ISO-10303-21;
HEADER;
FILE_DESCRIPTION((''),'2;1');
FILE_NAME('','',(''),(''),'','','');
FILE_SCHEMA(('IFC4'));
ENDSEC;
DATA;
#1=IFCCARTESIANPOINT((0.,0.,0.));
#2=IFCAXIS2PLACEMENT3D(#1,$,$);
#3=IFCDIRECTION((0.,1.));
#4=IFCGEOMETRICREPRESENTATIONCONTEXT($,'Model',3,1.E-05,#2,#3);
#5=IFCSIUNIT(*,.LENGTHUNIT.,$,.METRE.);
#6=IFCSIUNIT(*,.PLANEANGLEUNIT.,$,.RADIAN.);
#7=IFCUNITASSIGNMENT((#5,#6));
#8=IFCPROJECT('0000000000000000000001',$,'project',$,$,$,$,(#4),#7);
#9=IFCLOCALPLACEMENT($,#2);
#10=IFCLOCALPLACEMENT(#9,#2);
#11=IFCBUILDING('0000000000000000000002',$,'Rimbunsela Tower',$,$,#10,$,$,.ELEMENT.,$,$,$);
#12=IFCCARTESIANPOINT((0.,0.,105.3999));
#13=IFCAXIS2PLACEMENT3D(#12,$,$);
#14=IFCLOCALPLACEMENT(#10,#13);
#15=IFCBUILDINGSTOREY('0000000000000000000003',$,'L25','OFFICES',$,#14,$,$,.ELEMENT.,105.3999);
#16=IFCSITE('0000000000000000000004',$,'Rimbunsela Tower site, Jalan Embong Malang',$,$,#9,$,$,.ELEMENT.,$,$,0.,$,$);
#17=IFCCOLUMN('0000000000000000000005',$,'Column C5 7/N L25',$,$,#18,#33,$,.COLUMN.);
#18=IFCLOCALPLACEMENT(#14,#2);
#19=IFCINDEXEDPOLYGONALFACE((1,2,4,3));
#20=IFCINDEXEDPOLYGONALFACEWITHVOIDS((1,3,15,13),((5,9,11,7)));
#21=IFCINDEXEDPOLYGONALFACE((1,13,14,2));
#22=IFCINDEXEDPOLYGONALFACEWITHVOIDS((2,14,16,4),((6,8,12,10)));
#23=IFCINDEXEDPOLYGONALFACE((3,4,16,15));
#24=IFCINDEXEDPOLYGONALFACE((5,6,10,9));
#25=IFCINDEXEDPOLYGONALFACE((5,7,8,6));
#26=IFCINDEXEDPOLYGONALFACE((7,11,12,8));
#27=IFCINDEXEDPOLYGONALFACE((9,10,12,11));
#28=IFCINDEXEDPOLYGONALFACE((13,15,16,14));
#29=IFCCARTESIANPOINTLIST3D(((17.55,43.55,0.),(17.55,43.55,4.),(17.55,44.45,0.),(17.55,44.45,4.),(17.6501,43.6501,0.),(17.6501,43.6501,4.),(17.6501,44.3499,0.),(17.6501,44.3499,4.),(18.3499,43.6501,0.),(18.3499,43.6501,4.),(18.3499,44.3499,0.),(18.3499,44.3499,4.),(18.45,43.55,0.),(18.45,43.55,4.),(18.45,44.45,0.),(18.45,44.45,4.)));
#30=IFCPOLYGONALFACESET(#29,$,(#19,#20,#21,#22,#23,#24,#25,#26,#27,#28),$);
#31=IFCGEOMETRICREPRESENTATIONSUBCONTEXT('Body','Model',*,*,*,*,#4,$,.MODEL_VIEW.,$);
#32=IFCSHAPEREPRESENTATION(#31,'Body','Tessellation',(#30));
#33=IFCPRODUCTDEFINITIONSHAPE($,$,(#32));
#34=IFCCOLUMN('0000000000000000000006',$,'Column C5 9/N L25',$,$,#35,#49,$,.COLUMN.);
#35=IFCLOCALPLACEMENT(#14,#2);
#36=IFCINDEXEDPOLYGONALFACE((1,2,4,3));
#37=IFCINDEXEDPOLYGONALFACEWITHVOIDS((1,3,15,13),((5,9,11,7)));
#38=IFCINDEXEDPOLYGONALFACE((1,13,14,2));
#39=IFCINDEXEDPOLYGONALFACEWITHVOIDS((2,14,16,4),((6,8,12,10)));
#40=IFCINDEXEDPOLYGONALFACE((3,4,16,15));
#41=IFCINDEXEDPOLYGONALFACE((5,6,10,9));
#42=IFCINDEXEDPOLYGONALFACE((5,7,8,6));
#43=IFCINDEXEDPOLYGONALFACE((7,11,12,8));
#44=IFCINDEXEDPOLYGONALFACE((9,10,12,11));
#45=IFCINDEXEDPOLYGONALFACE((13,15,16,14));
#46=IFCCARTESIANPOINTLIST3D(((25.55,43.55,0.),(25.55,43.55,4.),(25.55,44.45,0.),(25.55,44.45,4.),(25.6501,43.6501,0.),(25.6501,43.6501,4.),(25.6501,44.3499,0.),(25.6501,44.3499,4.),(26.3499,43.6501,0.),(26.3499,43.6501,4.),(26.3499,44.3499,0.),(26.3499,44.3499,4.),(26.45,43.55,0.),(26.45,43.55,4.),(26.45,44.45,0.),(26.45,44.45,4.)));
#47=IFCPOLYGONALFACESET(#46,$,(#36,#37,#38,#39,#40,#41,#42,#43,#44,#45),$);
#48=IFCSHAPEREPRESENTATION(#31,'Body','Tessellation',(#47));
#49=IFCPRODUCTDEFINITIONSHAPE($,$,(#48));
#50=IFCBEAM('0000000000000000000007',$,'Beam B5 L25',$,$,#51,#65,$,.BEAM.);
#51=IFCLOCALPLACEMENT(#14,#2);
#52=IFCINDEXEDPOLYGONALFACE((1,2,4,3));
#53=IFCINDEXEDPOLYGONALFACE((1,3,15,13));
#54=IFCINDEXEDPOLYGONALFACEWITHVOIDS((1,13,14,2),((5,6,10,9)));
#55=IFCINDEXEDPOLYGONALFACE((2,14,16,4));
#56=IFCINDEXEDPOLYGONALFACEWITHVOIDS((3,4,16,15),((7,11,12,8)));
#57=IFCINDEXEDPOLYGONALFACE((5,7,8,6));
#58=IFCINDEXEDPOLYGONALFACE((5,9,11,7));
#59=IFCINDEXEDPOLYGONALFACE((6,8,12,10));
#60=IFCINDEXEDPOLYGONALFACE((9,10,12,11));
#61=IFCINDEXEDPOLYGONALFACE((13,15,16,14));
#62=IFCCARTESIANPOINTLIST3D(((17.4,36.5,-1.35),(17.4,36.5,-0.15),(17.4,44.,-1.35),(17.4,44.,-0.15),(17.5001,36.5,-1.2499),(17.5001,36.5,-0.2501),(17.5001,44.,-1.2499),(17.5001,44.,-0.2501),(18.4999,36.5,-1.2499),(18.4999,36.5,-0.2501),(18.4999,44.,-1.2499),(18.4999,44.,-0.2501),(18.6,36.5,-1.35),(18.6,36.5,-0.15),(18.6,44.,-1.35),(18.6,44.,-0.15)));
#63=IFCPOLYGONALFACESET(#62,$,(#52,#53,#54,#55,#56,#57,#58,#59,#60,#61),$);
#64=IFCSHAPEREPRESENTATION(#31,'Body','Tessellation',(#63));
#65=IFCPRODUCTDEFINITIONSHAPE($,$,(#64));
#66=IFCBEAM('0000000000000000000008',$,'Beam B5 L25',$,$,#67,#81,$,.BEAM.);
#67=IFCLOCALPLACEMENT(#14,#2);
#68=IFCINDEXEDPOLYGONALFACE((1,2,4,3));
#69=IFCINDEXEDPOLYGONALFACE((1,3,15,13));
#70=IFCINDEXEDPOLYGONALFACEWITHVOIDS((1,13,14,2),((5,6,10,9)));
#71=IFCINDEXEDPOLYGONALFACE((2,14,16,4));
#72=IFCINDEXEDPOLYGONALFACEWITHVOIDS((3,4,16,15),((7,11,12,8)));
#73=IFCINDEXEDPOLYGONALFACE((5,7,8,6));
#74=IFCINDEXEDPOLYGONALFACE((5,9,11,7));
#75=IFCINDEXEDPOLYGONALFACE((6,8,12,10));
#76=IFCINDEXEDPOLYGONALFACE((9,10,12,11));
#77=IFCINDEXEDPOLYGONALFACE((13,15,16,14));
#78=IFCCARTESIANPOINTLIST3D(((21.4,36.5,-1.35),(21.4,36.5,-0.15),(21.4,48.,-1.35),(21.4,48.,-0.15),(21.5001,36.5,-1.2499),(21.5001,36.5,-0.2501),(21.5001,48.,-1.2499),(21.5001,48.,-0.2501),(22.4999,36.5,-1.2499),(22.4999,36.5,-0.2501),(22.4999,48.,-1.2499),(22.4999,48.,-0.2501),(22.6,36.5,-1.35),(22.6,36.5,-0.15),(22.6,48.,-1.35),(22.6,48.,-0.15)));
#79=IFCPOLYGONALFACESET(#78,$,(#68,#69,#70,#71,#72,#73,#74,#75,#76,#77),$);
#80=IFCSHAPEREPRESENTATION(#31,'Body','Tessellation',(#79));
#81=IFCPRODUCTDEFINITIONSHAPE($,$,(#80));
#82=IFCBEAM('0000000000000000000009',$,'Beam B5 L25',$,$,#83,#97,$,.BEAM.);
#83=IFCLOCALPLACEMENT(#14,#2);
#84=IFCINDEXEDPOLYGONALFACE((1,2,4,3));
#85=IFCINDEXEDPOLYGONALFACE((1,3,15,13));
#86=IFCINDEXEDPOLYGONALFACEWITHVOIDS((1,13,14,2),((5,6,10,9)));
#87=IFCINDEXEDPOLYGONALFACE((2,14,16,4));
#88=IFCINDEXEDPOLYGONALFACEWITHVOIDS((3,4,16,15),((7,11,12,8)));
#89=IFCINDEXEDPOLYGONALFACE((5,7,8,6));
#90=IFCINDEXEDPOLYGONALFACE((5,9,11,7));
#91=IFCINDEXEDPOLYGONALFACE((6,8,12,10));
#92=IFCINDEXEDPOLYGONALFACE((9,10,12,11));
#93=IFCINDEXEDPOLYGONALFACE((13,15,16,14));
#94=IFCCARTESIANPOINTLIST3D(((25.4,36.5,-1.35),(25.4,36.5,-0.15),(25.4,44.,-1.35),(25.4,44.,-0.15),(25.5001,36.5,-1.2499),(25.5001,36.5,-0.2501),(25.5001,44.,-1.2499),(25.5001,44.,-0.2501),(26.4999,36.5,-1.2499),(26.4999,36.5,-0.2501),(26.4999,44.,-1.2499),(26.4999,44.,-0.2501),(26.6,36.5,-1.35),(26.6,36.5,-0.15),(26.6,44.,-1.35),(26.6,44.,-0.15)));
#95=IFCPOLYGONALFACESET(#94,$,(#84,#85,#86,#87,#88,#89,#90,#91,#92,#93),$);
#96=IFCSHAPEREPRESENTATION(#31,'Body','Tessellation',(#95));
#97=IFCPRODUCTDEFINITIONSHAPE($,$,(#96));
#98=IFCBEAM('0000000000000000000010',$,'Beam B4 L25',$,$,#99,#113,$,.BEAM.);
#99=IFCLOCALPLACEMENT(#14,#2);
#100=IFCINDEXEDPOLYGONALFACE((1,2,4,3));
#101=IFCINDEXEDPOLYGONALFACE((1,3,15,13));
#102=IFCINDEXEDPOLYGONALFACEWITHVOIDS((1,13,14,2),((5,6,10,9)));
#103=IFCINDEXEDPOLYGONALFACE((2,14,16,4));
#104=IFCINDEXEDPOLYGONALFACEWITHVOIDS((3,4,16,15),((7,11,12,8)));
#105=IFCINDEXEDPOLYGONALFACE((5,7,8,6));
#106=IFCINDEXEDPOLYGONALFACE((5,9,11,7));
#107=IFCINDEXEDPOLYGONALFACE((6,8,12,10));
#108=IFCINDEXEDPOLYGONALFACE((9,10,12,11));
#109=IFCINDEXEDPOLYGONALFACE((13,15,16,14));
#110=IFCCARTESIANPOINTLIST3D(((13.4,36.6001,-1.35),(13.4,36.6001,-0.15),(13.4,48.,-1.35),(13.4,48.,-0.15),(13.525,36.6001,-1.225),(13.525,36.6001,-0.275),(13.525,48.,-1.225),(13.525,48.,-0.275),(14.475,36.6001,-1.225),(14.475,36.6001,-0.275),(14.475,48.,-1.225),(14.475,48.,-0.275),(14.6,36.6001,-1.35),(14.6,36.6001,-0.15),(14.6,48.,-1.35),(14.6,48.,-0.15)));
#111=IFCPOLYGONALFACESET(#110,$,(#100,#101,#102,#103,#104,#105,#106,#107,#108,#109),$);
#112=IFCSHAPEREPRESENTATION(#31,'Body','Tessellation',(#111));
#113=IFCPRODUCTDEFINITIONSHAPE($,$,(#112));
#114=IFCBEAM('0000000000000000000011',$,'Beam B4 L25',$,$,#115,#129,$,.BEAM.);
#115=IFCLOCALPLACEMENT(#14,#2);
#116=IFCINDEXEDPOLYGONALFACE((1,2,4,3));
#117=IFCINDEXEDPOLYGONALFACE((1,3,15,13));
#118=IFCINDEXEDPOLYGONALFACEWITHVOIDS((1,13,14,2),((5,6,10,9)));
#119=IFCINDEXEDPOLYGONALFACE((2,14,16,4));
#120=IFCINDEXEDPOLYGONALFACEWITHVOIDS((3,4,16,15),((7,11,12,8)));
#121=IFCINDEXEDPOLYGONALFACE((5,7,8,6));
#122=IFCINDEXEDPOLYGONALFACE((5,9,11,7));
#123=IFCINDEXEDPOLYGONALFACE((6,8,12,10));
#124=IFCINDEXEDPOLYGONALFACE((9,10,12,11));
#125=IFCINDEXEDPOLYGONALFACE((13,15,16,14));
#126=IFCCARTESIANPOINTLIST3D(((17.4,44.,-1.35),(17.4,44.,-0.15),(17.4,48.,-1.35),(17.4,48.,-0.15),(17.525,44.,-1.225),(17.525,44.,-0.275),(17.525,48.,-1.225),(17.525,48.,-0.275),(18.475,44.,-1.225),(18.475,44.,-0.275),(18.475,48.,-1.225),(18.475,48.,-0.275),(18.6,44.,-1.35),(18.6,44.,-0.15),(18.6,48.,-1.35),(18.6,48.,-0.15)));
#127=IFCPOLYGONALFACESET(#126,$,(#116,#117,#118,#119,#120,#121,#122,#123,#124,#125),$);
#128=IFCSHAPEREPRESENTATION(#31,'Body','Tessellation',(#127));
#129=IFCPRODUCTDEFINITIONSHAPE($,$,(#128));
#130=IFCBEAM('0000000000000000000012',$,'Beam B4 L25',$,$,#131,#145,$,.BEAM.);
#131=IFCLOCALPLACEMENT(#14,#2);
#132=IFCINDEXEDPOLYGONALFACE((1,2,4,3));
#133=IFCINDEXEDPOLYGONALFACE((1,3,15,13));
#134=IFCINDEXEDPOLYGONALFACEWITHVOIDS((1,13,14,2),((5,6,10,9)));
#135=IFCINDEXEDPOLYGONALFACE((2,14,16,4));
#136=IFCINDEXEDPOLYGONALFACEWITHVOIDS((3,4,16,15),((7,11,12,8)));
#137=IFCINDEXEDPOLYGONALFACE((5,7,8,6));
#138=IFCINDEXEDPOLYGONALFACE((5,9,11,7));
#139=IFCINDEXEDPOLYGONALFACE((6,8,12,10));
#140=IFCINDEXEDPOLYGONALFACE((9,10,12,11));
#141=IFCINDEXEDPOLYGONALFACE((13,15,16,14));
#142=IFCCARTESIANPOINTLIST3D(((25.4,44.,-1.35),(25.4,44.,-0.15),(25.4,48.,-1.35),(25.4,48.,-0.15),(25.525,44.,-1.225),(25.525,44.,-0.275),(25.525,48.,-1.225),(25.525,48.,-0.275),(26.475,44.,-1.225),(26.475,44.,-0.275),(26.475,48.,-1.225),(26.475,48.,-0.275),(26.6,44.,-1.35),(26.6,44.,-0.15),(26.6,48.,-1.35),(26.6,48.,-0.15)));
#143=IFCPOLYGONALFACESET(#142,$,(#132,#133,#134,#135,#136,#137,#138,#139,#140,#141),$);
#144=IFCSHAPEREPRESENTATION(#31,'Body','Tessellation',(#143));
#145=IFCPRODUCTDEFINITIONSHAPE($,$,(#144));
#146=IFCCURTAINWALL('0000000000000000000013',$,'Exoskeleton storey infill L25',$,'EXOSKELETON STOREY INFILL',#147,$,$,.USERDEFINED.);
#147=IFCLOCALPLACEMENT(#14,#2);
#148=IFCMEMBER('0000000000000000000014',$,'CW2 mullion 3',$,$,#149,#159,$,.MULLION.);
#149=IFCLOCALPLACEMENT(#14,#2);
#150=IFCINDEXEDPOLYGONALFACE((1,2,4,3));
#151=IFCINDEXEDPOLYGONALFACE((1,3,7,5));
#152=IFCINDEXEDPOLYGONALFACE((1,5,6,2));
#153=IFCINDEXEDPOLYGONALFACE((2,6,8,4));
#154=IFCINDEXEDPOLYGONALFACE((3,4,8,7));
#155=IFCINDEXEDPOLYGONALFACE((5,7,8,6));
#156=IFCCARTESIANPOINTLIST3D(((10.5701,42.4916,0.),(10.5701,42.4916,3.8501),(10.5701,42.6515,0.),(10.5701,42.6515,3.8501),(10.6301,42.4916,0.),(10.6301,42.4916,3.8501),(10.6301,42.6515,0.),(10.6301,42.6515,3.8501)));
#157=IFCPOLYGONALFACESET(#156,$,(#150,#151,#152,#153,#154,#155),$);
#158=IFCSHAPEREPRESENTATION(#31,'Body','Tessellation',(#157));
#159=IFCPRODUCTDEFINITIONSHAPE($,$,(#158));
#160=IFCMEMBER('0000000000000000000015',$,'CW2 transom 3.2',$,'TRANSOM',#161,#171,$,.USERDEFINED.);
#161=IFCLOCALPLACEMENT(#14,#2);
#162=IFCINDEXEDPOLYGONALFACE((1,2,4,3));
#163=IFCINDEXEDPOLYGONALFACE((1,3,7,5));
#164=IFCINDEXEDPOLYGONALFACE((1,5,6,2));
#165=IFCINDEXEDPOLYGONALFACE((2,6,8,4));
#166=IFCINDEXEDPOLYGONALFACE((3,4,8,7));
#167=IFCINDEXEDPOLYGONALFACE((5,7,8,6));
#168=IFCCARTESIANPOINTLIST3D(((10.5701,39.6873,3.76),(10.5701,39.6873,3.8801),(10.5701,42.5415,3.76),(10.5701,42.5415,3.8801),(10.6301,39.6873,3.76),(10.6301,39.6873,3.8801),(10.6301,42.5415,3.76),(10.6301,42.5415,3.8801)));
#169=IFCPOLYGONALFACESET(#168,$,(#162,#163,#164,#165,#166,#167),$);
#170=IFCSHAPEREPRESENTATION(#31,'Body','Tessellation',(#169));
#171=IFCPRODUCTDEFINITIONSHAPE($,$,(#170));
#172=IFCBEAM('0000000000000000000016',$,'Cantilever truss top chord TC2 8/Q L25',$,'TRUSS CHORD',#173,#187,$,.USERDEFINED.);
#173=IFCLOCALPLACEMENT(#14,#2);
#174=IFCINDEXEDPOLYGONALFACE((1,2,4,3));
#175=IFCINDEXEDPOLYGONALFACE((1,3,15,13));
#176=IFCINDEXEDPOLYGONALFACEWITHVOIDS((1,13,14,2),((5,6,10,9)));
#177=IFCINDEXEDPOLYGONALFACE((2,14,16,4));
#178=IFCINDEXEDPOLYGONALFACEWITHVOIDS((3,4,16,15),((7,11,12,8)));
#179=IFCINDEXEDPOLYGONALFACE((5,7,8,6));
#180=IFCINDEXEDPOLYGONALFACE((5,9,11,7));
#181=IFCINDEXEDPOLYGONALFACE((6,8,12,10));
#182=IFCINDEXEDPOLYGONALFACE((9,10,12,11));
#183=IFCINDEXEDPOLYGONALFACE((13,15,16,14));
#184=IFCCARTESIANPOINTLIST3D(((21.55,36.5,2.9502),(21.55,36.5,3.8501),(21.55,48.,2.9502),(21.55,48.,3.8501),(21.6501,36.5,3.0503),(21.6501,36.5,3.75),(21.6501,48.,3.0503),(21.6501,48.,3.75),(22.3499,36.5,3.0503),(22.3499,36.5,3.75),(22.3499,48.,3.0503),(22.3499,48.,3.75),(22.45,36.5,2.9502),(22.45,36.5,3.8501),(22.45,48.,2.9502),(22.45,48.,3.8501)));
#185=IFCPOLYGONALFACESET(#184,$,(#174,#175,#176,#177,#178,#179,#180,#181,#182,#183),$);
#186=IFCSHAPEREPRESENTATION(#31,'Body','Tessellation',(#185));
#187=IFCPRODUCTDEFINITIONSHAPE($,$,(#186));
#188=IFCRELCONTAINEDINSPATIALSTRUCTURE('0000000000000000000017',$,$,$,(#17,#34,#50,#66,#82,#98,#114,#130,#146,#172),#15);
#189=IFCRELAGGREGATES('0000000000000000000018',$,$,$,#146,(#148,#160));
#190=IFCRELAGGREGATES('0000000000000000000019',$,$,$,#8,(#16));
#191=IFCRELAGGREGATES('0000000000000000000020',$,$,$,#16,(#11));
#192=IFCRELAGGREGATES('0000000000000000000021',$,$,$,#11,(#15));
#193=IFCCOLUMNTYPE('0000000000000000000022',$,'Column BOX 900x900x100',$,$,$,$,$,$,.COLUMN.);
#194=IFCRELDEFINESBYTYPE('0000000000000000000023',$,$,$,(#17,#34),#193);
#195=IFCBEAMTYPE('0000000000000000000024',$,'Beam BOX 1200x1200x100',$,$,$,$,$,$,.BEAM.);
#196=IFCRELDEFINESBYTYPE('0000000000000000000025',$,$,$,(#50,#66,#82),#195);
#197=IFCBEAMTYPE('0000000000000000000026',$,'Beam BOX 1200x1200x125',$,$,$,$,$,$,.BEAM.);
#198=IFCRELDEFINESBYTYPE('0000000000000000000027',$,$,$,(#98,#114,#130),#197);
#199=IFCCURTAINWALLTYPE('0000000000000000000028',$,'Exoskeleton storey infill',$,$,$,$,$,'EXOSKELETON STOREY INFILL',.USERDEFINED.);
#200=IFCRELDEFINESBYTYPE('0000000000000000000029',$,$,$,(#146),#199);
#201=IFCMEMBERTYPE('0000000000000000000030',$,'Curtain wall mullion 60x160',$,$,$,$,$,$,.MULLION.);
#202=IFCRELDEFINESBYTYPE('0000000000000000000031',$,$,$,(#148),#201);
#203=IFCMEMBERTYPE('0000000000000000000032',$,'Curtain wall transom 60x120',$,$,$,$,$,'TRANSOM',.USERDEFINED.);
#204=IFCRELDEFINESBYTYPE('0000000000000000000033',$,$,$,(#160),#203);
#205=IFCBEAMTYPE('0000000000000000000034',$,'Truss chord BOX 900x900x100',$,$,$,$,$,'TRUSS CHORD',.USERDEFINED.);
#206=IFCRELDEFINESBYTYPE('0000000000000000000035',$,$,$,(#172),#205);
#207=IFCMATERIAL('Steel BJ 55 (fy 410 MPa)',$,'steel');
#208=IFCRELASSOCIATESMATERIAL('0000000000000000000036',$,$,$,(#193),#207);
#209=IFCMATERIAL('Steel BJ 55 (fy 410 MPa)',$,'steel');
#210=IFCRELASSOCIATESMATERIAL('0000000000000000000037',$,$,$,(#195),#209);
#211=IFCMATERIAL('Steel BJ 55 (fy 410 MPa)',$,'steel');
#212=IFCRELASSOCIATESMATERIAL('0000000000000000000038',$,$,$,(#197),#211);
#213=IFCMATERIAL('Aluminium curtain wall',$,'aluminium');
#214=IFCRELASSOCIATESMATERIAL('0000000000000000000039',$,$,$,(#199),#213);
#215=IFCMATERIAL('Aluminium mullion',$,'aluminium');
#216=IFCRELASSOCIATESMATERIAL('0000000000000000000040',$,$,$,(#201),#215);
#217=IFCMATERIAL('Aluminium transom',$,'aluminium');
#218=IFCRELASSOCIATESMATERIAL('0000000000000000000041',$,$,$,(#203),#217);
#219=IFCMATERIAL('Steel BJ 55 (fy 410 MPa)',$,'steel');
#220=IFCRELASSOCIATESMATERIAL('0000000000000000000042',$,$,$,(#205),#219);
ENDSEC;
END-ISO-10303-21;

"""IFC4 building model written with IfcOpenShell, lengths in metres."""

from ifc_helpers import new_model, si_unit, direction, frame, origin, origin_2d, place, context, subcontext, project, spatial, rectangle, hollow_rectangle, extrude, material, material_profile, profile_set, type_object, element, aggregate, save


model = new_model("IFC4")

# Units and contexts
model_context = context("Model", 3, precision=1e-05, world=origin(), true_north=direction((0.0, 1.0)))
body_context = subcontext(model_context, "Body", "Model", "MODEL_VIEW")
ifc_project = project(units=[si_unit("LENGTHUNIT", "METRE"), si_unit("PLANEANGLEUNIT", "RADIAN")], contexts=[model_context])

# Site, building, storey
site_placement = place(None, origin())
site = spatial("IfcSite", under=ifc_project, at=site_placement, Name="Rimbunsela Tower site, Jalan Embong Malang", CompositionType="ELEMENT", RefElevation=0.0)
building_placement = place(site_placement, origin())
building = spatial("IfcBuilding", under=site, at=building_placement, Name="Rimbunsela Tower", CompositionType="ELEMENT")
storey_placement = place(building_placement, frame((0.0, 0.0, 105.3999)))
storey = spatial("IfcBuildingStorey", under=building, at=storey_placement, Name="L25", Description="OFFICES", CompositionType="ELEMENT", Elevation=105.3999)

# Columns
ifc_material_1 = material(Name="Steel BJ 55 (fy 410 MPa)", Category="steel")
ifc_material_profile_1 = material_profile(ifc_material_1, hollow_rectangle(XDim=0.8999, YDim=0.8999, WallThickness=0.1001, at=origin_2d()), Name="BOX 900x900x100")
ifc_profile_set_1 = profile_set([ifc_material_profile_1], Name="Steel BJ 55 (fy 410 MPa)")
column_type = type_object("IfcColumnType", Name="Column BOX 900x900x100", PredefinedType="COLUMN", material=ifc_profile_set_1)
for number, where, z_axis, x_axis, name in (
    (1, (18.0, 44.0, 0.0), (0.0, 0.0, 1.0), (1.0, 0.0, 0.0), "Column C5 7/N L25"),
    (2, (26.0, 44.0, 0.0), (0.0, 0.0, 1.0), (1.0, 0.0, 0.0), "Column C5 9/N L25"),
):
    element("IfcColumn", number, at=place(storey_placement, frame(where, z_axis=z_axis, x_axis=x_axis)), inside=storey, type_object=column_type, Name=name, PredefinedType="COLUMN", context=body_context, shape_type="SweptSolid", body=[
        extrude(hollow_rectangle(XDim=0.8999, YDim=0.8999, WallThickness=0.1001, at=origin_2d()), origin(), (0.0, 0.0, 1.0), 4.0),
    ])

# Beams
ifc_material_2 = material(Name="Steel BJ 55 (fy 410 MPa)", Category="steel")
ifc_material_profile_2 = material_profile(ifc_material_2, hollow_rectangle(XDim=1.2, YDim=1.2, WallThickness=0.1001, at=origin_2d()), Name="BOX 1200x1200x100")
ifc_profile_set_2 = profile_set([ifc_material_profile_2], Name="Steel BJ 55 (fy 410 MPa)")
beam_type_1 = type_object("IfcBeamType", Name="Beam BOX 1200x1200x100", PredefinedType="BEAM", material=ifc_profile_set_2)
beam_1_placement = place(storey_placement, frame((18.0, 36.5, -0.75), z_axis=(0.0, 1.0, 0.0), x_axis=(-1.0, 0.0, 0.0)))
element("IfcBeam", 3, at=beam_1_placement, inside=storey, type_object=beam_type_1, Name="Beam B5 L25", PredefinedType="BEAM", context=body_context, shape_type="SweptSolid", body=[
    extrude(hollow_rectangle(XDim=1.2, YDim=1.2, WallThickness=0.1001, at=origin_2d()), origin(), (0.0, 0.0, 1.0), 7.5),
])
beam_2_placement = place(storey_placement, frame((22.0, 36.5, -0.75), z_axis=(0.0, 1.0, 0.0), x_axis=(-1.0, 0.0, 0.0)))
element("IfcBeam", 4, at=beam_2_placement, inside=storey, type_object=beam_type_1, Name="Beam B5 L25", PredefinedType="BEAM", context=body_context, shape_type="SweptSolid", body=[
    extrude(hollow_rectangle(XDim=1.2, YDim=1.2, WallThickness=0.1001, at=origin_2d()), origin(), (0.0, 0.0, 1.0), 11.5),
])
beam_3_placement = place(storey_placement, frame((26.0, 36.5, -0.75), z_axis=(0.0, 1.0, 0.0), x_axis=(-1.0, 0.0, 0.0)))
element("IfcBeam", 5, at=beam_3_placement, inside=storey, type_object=beam_type_1, Name="Beam B5 L25", PredefinedType="BEAM", context=body_context, shape_type="SweptSolid", body=[
    extrude(hollow_rectangle(XDim=1.2, YDim=1.2, WallThickness=0.1001, at=origin_2d()), origin(), (0.0, 0.0, 1.0), 7.5),
])
ifc_material_3 = material(Name="Steel BJ 55 (fy 410 MPa)", Category="steel")
ifc_material_profile_3 = material_profile(ifc_material_3, hollow_rectangle(XDim=1.2, YDim=1.2, WallThickness=0.125, at=origin_2d()), Name="BOX 1200x1200x125")
ifc_profile_set_3 = profile_set([ifc_material_profile_3], Name="Steel BJ 55 (fy 410 MPa)")
beam_type_2 = type_object("IfcBeamType", Name="Beam BOX 1200x1200x125", PredefinedType="BEAM", material=ifc_profile_set_3)
beam_4_placement = place(storey_placement, frame((14.0, 36.6001, -0.75), z_axis=(0.0, 1.0, 0.0), x_axis=(-1.0, 0.0, 0.0)))
element("IfcBeam", 6, at=beam_4_placement, inside=storey, type_object=beam_type_2, Name="Beam B4 L25", PredefinedType="BEAM", context=body_context, shape_type="SweptSolid", body=[
    extrude(hollow_rectangle(XDim=1.2, YDim=1.2, WallThickness=0.125, at=origin_2d()), origin(), (0.0, 0.0, 1.0), 11.3999),
])
for number, where, z_axis, x_axis, name in (
    (7, (18.0, 44.0, -0.75), (0.0, 1.0, 0.0), (-1.0, 0.0, 0.0), "Beam B4 L25"),
    (8, (26.0, 44.0, -0.75), (0.0, 1.0, 0.0), (-1.0, 0.0, 0.0), "Beam B4 L25"),
):
    element("IfcBeam", number, at=place(storey_placement, frame(where, z_axis=z_axis, x_axis=x_axis)), inside=storey, type_object=beam_type_2, Name=name, PredefinedType="BEAM", context=body_context, shape_type="SweptSolid", body=[
        extrude(hollow_rectangle(XDim=1.2, YDim=1.2, WallThickness=0.125, at=origin_2d()), origin(), (0.0, 0.0, 1.0), 4.0),
    ])

# Curtain wall, members
ifc_material_4 = material(Name="Aluminium curtain wall", Category="aluminium")
curtain_wall_type = type_object("IfcCurtainWallType", Name="Exoskeleton storey infill", ElementType="EXOSKELETON STOREY INFILL", PredefinedType="USERDEFINED", material=ifc_material_4)
curtain_wall_placement = place(storey_placement, origin())
curtain_wall = element("IfcCurtainWall", 9, at=curtain_wall_placement, inside=storey, type_object=curtain_wall_type, Name="Exoskeleton storey infill L25", ObjectType="EXOSKELETON STOREY INFILL", PredefinedType="USERDEFINED")
ifc_material_5 = material(Name="Aluminium mullion", Category="aluminium")
ifc_material_profile_4 = material_profile(ifc_material_5, rectangle(XDim=0.0601, YDim=0.1599, at=origin_2d()), Name="Mullion 60x160")
ifc_profile_set_4 = profile_set([ifc_material_profile_4], Name="Aluminium mullion")
member_type_1 = type_object("IfcMemberType", Name="Curtain wall mullion 60x160", PredefinedType="MULLION", material=ifc_profile_set_4)
member_1_placement = place(storey_placement, frame((10.6001, 42.5715, 0.0), z_axis=(0.0, 0.0, 1.0), x_axis=(1.0, 0.0, 0.0)))
member_1 = element("IfcMember", 10, at=member_1_placement, type_object=member_type_1, Name="CW2 mullion 3", PredefinedType="MULLION", context=body_context, shape_type="SweptSolid", body=[
    extrude(rectangle(XDim=0.0601, YDim=0.1599, at=origin_2d()), origin(), (0.0, 0.0, 1.0), 3.8501),
])
ifc_material_6 = material(Name="Aluminium transom", Category="aluminium")
ifc_material_profile_5 = material_profile(ifc_material_6, rectangle(XDim=0.0601, YDim=0.1201, at=origin_2d()), Name="Transom 60x120")
ifc_profile_set_5 = profile_set([ifc_material_profile_5], Name="Aluminium transom")
member_type_2 = type_object("IfcMemberType", Name="Curtain wall transom 60x120", ElementType="TRANSOM", PredefinedType="USERDEFINED", material=ifc_profile_set_5)
member_2_placement = place(storey_placement, frame((10.6001, 42.5415, 3.8201), z_axis=(0.0, -1.0, 0.0), x_axis=(1.0, 0.0, 0.0)))
member_2 = element("IfcMember", 11, at=member_2_placement, type_object=member_type_2, Name="CW2 transom 3.2", ObjectType="TRANSOM", PredefinedType="USERDEFINED", context=body_context, shape_type="SweptSolid", body=[
    extrude(rectangle(XDim=0.0601, YDim=0.1201, at=origin_2d()), origin(), (0.0, 0.0, 1.0), 2.8542),
])

# Beam
ifc_material_7 = material(Name="Steel BJ 55 (fy 410 MPa)", Category="steel")
ifc_material_profile_6 = material_profile(ifc_material_7, hollow_rectangle(XDim=0.8999, YDim=0.8999, WallThickness=0.1001, at=origin_2d()), Name="BOX 900x900x100")
ifc_profile_set_6 = profile_set([ifc_material_profile_6], Name="Steel BJ 55 (fy 410 MPa)")
beam_type_3 = type_object("IfcBeamType", Name="Truss chord BOX 900x900x100", ElementType="TRUSS CHORD", PredefinedType="USERDEFINED", material=ifc_profile_set_6)
for number, where, z_axis, x_axis, name in (
    (12, (22.0, 36.5, 3.4001), (0.0, 1.0, 0.0), (-1.0, 0.0, 0.0), "Cantilever truss top chord TC2 8/Q L25"),
):
    element("IfcBeam", number, at=place(storey_placement, frame(where, z_axis=z_axis, x_axis=x_axis)), inside=storey, type_object=beam_type_3, Name=name, ObjectType="TRUSS CHORD", PredefinedType="USERDEFINED", context=body_context, shape_type="SweptSolid", body=[
        extrude(hollow_rectangle(XDim=0.8999, YDim=0.8999, WallThickness=0.1001, at=origin_2d()), origin(), (0.0, 0.0, 1.0), 11.5),
    ])

aggregate(curtain_wall, [member_1, member_2])

save(model, "model.ifc")
